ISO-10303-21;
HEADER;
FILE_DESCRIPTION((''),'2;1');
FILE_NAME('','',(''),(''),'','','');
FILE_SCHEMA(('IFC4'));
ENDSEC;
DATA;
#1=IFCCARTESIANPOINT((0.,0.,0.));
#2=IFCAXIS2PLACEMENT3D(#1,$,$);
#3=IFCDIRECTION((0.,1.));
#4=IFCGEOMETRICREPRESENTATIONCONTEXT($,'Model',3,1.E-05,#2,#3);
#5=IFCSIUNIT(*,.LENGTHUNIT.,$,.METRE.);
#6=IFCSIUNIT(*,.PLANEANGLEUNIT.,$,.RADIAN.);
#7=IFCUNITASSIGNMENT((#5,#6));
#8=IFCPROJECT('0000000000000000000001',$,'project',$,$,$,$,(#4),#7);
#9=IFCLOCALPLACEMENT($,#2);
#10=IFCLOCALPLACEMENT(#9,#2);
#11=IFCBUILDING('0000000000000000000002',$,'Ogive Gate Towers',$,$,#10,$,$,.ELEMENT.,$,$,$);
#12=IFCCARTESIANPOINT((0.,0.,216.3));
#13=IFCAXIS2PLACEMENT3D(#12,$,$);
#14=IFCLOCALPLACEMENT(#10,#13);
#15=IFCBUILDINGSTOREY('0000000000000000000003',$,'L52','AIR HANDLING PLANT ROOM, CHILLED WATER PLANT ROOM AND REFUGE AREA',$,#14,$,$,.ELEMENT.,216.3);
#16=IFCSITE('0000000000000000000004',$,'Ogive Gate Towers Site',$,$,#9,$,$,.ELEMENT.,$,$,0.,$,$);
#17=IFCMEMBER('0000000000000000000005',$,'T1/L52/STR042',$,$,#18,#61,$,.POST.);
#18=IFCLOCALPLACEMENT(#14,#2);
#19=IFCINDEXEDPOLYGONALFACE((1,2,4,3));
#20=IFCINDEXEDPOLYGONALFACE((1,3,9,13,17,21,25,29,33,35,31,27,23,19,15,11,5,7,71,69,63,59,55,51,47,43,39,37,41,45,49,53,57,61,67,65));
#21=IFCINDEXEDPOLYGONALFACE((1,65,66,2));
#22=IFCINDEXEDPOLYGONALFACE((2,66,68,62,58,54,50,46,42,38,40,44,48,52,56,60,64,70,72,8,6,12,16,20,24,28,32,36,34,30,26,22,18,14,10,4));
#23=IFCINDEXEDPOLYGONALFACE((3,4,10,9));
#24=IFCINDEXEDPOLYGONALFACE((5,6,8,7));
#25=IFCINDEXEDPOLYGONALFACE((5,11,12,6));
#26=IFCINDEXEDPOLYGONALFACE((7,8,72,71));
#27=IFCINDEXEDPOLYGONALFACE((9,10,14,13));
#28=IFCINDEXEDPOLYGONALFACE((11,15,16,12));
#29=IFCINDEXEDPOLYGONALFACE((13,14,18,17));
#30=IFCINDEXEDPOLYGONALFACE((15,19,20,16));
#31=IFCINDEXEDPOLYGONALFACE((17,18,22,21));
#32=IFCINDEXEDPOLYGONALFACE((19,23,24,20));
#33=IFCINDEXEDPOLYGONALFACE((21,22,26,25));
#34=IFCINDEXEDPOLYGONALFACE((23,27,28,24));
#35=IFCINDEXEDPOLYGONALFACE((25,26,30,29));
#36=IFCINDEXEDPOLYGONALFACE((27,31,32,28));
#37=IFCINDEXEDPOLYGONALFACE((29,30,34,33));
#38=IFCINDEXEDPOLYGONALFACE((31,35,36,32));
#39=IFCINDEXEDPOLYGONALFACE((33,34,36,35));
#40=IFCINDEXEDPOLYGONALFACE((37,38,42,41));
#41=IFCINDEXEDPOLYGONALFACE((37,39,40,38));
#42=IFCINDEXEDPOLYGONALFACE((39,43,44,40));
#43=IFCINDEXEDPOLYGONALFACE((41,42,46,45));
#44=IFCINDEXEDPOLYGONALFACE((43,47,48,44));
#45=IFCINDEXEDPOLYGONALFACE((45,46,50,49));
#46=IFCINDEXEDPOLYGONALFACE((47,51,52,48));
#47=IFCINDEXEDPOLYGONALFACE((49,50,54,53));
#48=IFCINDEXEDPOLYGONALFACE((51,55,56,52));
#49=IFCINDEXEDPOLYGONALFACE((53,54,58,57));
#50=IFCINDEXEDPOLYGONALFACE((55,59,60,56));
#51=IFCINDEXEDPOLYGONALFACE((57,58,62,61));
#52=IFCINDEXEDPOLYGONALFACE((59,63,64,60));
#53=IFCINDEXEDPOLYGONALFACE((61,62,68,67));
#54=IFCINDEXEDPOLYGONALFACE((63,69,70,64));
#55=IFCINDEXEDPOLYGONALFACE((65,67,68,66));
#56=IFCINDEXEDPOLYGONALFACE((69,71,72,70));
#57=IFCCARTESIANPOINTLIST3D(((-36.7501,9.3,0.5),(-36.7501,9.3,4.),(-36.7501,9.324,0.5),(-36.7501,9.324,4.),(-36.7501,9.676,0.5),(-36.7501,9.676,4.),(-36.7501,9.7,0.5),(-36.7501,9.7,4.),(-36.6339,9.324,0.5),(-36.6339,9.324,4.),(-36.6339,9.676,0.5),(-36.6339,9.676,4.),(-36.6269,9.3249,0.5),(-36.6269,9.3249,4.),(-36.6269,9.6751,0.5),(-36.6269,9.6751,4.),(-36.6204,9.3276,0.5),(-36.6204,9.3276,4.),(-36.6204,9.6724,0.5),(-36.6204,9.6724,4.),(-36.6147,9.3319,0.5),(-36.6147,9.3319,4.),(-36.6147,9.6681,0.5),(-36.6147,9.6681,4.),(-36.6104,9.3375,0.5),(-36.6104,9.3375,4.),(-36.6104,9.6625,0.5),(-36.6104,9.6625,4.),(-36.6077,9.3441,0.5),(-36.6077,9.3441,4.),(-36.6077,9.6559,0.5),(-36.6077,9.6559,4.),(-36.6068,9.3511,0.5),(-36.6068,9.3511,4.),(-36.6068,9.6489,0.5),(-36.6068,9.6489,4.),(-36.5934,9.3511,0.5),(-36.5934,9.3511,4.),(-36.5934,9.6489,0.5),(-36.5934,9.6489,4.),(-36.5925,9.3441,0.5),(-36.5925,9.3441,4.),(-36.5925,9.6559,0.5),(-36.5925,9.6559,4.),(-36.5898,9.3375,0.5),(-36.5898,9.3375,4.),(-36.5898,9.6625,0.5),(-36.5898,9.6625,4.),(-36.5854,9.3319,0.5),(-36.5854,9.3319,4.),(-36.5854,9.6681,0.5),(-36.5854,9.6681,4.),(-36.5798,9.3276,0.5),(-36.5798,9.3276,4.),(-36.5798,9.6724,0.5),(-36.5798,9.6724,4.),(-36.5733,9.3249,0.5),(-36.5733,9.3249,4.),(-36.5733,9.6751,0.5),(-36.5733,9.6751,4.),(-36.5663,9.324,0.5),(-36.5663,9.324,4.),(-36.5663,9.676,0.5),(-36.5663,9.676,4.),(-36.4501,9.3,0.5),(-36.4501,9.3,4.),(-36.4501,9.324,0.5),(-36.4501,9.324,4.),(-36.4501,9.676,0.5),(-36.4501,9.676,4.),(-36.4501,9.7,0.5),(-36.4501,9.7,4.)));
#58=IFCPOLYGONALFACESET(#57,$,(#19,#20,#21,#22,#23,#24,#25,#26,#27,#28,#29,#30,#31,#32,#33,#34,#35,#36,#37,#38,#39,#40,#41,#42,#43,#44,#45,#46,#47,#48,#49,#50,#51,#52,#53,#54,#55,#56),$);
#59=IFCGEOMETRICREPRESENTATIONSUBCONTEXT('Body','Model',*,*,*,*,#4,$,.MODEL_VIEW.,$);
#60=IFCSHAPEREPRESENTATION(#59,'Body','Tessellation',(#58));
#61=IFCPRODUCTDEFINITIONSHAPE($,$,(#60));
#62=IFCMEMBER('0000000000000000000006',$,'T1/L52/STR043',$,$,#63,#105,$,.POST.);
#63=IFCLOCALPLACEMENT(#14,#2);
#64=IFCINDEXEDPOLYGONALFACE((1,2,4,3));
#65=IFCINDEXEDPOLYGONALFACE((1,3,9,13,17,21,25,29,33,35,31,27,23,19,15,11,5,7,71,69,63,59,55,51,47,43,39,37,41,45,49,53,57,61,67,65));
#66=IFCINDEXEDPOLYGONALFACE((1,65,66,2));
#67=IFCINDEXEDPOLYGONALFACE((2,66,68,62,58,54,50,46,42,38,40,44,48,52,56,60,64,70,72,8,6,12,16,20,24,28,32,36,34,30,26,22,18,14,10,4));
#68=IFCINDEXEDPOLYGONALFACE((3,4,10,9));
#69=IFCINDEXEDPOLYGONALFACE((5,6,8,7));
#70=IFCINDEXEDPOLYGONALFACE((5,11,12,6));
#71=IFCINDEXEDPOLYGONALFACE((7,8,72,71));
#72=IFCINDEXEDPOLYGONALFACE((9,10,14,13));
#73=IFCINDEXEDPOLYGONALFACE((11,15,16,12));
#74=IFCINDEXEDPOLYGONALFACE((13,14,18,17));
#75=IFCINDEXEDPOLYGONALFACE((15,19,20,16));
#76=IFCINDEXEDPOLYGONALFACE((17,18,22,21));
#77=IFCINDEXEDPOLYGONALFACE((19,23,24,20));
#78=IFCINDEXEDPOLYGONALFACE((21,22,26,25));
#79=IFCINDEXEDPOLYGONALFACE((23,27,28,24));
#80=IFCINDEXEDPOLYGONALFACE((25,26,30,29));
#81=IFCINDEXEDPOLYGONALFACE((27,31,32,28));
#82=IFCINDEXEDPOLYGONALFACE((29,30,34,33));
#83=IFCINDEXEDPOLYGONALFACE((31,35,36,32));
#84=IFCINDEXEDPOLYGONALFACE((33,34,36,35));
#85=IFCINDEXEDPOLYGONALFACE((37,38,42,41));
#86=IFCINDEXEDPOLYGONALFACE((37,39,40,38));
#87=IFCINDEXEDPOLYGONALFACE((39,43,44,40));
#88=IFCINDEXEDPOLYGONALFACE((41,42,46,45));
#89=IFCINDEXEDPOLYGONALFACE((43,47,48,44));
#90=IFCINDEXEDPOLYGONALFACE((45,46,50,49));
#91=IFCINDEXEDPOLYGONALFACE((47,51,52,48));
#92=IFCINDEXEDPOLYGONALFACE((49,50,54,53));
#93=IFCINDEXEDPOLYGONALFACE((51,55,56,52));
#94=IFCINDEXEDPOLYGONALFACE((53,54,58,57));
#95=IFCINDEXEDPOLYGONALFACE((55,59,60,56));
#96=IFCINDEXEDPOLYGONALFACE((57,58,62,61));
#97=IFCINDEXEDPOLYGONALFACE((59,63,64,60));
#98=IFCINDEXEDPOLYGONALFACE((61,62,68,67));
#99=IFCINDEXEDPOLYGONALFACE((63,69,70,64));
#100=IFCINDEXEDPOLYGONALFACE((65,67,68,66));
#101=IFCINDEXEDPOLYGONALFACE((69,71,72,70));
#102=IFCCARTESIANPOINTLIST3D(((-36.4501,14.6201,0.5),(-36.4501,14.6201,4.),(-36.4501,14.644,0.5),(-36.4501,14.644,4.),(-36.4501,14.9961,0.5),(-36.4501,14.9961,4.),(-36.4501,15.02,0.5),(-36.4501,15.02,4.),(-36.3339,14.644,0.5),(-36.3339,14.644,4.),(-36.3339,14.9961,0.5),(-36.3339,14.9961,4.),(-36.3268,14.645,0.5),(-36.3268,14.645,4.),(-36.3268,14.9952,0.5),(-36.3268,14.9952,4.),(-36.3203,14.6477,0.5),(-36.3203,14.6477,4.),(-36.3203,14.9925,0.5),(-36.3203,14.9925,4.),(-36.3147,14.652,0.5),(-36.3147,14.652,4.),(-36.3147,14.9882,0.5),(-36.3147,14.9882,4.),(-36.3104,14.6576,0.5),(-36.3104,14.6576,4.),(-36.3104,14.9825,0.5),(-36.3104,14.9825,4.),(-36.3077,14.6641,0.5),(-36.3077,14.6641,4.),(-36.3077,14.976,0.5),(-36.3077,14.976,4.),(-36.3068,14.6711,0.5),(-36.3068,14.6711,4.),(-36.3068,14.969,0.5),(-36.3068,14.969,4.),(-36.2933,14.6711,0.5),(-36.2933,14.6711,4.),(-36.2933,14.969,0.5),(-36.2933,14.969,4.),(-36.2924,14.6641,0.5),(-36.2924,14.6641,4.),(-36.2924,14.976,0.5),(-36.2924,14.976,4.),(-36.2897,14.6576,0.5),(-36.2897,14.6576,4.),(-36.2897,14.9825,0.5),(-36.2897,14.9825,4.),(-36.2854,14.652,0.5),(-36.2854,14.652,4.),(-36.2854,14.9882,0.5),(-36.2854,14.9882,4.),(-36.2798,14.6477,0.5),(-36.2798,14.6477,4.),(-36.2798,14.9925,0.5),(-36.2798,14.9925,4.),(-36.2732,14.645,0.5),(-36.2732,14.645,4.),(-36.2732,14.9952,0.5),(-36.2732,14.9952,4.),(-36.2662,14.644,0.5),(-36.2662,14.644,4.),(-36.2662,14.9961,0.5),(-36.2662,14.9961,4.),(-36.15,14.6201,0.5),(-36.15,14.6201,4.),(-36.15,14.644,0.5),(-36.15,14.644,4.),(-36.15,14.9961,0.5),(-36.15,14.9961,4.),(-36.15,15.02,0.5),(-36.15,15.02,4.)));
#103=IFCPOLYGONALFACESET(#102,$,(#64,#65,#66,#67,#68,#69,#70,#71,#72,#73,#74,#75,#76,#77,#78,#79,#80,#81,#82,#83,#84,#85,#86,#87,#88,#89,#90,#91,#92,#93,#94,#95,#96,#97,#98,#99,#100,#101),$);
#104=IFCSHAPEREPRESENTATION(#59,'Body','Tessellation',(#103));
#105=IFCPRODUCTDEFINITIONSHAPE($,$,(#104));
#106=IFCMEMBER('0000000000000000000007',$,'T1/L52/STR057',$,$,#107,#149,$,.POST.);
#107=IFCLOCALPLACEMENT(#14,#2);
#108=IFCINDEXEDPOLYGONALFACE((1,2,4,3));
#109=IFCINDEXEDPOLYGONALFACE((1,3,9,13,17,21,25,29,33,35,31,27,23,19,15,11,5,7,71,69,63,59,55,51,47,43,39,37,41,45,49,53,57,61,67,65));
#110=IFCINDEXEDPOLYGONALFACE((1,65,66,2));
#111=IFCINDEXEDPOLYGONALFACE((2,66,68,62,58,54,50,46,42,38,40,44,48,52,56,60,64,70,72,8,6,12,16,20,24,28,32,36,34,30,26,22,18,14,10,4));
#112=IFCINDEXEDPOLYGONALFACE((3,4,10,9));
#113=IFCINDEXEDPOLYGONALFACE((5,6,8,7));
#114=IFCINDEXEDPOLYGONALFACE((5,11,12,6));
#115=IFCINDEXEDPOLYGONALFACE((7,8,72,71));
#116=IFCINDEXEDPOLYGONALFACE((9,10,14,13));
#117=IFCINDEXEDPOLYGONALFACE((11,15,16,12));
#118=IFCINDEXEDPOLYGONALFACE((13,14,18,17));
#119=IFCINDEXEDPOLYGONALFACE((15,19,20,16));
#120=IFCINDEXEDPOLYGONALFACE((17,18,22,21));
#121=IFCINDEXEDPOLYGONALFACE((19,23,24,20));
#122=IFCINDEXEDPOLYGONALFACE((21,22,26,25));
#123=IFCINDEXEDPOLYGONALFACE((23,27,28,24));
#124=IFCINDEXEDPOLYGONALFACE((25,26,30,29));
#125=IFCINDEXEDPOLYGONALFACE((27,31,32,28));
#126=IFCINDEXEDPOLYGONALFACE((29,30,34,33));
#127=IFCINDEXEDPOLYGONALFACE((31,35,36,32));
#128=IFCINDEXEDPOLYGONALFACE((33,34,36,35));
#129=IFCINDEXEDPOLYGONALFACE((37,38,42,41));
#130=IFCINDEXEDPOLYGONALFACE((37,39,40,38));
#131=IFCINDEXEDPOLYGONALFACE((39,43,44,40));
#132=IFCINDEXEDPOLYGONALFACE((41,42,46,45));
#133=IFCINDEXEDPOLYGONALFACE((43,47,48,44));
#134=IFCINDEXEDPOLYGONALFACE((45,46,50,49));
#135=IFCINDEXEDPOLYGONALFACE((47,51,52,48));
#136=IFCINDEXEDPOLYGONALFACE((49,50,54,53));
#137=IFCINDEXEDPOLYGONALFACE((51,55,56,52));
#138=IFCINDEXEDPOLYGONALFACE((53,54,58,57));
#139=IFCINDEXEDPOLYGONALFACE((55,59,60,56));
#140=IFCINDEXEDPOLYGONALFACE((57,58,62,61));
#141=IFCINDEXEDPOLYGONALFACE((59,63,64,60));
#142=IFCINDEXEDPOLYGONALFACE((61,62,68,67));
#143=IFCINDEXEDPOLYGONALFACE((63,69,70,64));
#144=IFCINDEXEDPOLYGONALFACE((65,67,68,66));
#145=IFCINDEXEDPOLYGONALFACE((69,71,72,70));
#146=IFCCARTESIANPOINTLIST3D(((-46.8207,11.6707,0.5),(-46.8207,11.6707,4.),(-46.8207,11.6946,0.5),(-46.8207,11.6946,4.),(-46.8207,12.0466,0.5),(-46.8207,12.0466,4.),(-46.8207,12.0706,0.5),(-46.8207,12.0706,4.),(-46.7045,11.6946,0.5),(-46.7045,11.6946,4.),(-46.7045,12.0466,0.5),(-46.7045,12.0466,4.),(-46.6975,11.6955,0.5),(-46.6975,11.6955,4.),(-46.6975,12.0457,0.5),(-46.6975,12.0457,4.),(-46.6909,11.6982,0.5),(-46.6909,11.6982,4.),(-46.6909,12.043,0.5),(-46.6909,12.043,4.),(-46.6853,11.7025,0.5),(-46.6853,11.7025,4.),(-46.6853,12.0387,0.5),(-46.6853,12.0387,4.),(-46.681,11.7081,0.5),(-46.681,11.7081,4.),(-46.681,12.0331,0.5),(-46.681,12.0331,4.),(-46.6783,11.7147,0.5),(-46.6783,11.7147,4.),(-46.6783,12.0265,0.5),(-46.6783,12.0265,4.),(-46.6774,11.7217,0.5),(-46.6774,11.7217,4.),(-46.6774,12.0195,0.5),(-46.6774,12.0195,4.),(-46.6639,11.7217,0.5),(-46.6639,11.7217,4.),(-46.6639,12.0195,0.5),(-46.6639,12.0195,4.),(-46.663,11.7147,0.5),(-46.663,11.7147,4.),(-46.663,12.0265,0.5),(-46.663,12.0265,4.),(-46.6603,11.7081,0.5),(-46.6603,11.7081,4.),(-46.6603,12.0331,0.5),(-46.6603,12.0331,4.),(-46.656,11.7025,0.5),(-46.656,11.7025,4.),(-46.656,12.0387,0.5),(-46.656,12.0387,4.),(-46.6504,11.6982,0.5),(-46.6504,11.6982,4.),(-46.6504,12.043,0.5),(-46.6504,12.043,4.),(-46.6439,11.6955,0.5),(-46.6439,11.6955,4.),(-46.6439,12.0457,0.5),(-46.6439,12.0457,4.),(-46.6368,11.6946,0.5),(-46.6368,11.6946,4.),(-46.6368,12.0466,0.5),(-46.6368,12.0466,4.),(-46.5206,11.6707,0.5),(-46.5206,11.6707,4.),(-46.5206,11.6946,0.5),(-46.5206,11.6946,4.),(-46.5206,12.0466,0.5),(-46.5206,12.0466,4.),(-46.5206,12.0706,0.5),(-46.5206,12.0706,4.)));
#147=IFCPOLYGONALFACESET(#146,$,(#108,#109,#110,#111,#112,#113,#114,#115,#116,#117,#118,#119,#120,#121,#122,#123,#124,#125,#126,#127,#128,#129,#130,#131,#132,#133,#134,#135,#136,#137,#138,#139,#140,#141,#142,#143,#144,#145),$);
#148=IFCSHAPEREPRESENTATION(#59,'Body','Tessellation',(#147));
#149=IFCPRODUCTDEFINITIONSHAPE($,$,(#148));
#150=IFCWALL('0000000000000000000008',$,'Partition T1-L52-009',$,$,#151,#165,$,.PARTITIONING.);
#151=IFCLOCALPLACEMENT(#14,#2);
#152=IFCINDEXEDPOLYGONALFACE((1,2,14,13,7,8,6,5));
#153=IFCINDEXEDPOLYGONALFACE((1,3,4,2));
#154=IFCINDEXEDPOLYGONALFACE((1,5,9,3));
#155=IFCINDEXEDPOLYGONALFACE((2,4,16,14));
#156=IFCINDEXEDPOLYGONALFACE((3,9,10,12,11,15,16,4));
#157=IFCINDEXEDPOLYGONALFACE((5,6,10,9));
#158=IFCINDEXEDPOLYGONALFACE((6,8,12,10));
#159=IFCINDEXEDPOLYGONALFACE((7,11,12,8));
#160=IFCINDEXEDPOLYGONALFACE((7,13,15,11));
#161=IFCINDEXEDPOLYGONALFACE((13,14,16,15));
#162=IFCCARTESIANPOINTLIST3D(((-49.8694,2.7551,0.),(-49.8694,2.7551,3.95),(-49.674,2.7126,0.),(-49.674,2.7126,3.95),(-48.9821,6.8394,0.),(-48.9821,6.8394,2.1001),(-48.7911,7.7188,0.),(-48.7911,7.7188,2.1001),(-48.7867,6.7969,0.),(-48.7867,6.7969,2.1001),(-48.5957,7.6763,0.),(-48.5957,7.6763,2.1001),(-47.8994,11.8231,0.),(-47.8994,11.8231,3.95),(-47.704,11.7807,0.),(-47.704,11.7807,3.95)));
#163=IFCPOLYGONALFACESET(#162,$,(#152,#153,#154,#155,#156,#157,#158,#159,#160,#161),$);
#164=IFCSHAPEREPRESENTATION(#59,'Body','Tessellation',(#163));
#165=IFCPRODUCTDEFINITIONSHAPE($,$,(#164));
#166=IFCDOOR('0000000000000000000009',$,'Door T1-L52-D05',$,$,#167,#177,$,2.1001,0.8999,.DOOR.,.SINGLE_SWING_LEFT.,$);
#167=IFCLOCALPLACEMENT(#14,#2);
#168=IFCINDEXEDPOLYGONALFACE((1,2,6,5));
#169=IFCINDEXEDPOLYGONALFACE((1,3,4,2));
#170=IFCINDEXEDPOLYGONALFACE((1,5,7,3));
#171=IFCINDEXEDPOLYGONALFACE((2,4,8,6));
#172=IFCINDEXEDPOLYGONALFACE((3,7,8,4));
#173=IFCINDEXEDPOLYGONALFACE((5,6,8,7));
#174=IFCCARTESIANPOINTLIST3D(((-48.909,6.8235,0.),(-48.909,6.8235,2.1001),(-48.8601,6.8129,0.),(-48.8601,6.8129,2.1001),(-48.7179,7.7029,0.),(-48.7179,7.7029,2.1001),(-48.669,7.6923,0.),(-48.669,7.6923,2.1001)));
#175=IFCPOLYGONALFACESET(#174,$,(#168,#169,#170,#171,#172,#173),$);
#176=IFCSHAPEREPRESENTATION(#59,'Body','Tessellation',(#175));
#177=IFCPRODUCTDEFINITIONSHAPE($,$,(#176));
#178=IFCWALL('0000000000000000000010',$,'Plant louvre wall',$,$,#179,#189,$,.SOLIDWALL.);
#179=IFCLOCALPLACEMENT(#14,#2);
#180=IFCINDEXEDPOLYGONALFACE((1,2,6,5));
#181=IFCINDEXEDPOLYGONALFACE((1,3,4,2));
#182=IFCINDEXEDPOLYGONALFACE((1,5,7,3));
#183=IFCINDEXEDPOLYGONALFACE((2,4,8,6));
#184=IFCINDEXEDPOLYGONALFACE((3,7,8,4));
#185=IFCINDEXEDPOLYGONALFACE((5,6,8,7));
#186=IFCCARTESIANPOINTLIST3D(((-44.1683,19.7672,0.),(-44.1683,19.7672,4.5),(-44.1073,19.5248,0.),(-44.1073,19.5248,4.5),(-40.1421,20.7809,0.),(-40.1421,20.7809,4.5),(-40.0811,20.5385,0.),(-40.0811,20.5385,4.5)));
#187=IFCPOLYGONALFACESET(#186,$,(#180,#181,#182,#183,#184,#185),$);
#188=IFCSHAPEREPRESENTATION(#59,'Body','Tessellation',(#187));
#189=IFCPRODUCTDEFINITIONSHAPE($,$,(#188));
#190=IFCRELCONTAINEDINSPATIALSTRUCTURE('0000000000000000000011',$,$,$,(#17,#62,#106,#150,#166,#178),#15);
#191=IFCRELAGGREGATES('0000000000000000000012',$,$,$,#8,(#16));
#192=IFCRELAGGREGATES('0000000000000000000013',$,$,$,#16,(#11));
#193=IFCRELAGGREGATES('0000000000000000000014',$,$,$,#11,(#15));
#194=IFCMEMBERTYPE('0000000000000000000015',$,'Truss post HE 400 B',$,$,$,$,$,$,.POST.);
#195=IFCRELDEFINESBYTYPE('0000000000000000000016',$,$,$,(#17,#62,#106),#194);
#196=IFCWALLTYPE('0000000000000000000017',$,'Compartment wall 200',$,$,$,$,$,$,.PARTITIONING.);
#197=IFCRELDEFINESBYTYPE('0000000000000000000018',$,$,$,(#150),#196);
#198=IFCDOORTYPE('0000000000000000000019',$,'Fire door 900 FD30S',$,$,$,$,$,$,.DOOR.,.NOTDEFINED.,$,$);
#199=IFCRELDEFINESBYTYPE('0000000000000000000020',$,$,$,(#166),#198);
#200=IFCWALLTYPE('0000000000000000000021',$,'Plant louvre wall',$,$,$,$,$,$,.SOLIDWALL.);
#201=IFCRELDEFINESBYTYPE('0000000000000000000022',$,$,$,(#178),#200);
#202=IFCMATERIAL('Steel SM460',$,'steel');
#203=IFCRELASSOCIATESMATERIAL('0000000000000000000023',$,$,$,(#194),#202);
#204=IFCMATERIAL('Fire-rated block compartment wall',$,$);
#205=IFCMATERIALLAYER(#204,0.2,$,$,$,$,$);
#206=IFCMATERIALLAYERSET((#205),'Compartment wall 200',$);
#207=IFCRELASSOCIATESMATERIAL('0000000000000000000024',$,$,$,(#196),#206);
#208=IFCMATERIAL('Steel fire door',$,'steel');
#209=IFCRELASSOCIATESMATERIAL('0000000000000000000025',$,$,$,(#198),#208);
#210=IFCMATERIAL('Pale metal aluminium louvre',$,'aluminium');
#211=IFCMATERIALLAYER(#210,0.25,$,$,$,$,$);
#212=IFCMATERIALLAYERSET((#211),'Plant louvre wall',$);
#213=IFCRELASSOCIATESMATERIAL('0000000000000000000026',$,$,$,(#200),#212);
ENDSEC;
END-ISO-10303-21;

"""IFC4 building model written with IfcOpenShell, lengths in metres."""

from ifc_helpers import new_model, si_unit, direction, frame, frame_2d, origin, origin_2d, place, context, subcontext, project, spatial, rectangle, i_section, extrude, material, layer, layer_set, material_profile, profile_set, type_object, element, fill, save


model = new_model("IFC4")

# Units and contexts
model_context = context("Model", 3, precision=1e-05, world=origin(), true_north=direction((0.0, 1.0)))
body_context = subcontext(model_context, "Body", "Model", "MODEL_VIEW")
ifc_project = project(units=[si_unit("LENGTHUNIT", "METRE"), si_unit("PLANEANGLEUNIT", "RADIAN")], contexts=[model_context])

# Site, building, storey
site_placement = place(None, origin())
site = spatial("IfcSite", under=ifc_project, at=site_placement, Name="Ogive Gate Towers Site", CompositionType="ELEMENT", RefElevation=0.0)
building_placement = place(site_placement, origin())
building = spatial("IfcBuilding", under=site, at=building_placement, Name="Ogive Gate Towers", CompositionType="ELEMENT")
storey_placement = place(building_placement, frame((0.0, 0.0, 216.3)))
storey = spatial("IfcBuildingStorey", under=building, at=storey_placement, Name="L52", Description="AIR HANDLING PLANT ROOM, CHILLED WATER PLANT ROOM AND REFUGE AREA", CompositionType="ELEMENT", Elevation=216.3)

# Shared definitions
ifc_material_1 = material(Name="Steel SM460", Category="steel")

# Members
ifc_material_profile_1 = material_profile(ifc_material_1, i_section(OverallWidth=0.3, OverallDepth=0.3999, WebThickness=0.0134, FlangeThickness=0.0239, FilletRadius=0.0271, at=origin_2d()), Name="HE 400 B")
ifc_profile_set_1 = profile_set([ifc_material_profile_1], Name="Steel SM460")
member_type_1 = type_object("IfcMemberType", Name="Truss post HE 400 B", PredefinedType="POST", material=ifc_profile_set_1)
for number, where, z_axis, x_axis, name in (
    (1, (-36.6001, 9.5, 0.5), (0.0, 0.0, 1.0), (1.0, 0.0, 0.0), "T1/L52/STR042"),
    (2, (-36.3, 14.8201, 0.5), (0.0, 0.0, 1.0), (1.0, 0.0, 0.0), "T1/L52/STR043"),
    (3, (-46.6707, 11.8706, 0.5), (0.0, 0.0, 1.0), (1.0, 0.0, 0.0), "T1/L52/STR057"),
):
    element("IfcMember", number, at=place(storey_placement, frame(where, z_axis=z_axis, x_axis=x_axis)), inside=storey, type_object=member_type_1, Name=name, PredefinedType="POST", context=body_context, shape_type="SweptSolid", body=[
        extrude(i_section(OverallWidth=0.3, OverallDepth=0.3999, WebThickness=0.0134, FlangeThickness=0.0239, FilletRadius=0.0271, at=origin_2d()), origin(), (0.0, 0.0, 1.0), 3.5),
    ])

# Wall, opening, door
ifc_material_2 = material(Name="Fire-rated block compartment wall")
ifc_layer_1 = layer(ifc_material_2, 0.2)
ifc_layer_set_1 = layer_set([ifc_layer_1], Name="Compartment wall 200")
wall_type_1 = type_object("IfcWallType", Name="Compartment wall 200", PredefinedType="PARTITIONING", material=ifc_layer_set_1)
wall_1_placement = place(storey_placement, frame((-47.8018, 11.8018, 0.0), z_axis=(0.0, 0.0, 1.0), x_axis=(-0.21229, -0.977207, 0.0)))
wall_1 = element("IfcWall", 4, at=wall_1_placement, inside=storey, type_object=wall_type_1, Name="Partition T1-L52-009", PredefinedType="PARTITIONING", context=body_context, shape_type="SweptSolid", body=[
    extrude(rectangle(XDim=9.2795, YDim=0.2, at=frame_2d((4.6396, 0.0))), origin(), (0.0, 0.0, 1.0), 3.95),
])
opening_placement = place(wall_1_placement, frame((4.2, 0.0, 0.0)))
opening = element("IfcOpeningElement", 5, at=opening_placement, cuts=wall_1, PredefinedType="OPENING", context=body_context, shape_type="SweptSolid", body=[
    extrude(rectangle(XDim=0.8999, YDim=2.1001, at=frame_2d((0.45, 1.05))), frame((0.0, 0.1099, 0.0), z_axis=(0.0, -1.0, 0.0), x_axis=(1.0, 0.0, 0.0)), (0.0, 0.0, 1.0), 0.22),
])
ifc_material_3 = material(Name="Steel fire door", Category="steel")
door_type = type_object("IfcDoorType", Name="Fire door 900 FD30S", OperationType="NOTDEFINED", PredefinedType="DOOR", material=ifc_material_3)
door_placement = place(opening_placement, origin())
door = element("IfcDoor", 6, at=door_placement, inside=storey, type_object=door_type, Name="Door T1-L52-D05", OperationType="SINGLE_SWING_LEFT", OverallHeight=2.1001, OverallWidth=0.8999, PredefinedType="DOOR", context=body_context, shape_type="SweptSolid", body=[
    extrude(rectangle(XDim=0.8999, YDim=2.1001, at=frame_2d((0.45, 1.05))), frame((0.0, 0.0249, 0.0), z_axis=(0.0, -1.0, 0.0), x_axis=(1.0, 0.0, 0.0)), (0.0, 0.0, 1.0), 0.05),
])
fill(opening, door)

# Wall
ifc_material_4 = material(Name="Pale metal aluminium louvre", Category="aluminium")
ifc_layer_2 = layer(ifc_material_4, 0.25)
ifc_layer_set_2 = layer_set([ifc_layer_2], Name="Plant louvre wall")
wall_type_2 = type_object("IfcWallType", Name="Plant louvre wall", PredefinedType="SOLIDWALL", material=ifc_layer_set_2)
wall_2_placement = place(storey_placement, frame((-40.1116, 20.6597, 0.0), z_axis=(0.0, 0.0, 1.0), x_axis=(-0.969736, -0.244154, 0.0)))
element("IfcWall", 7, at=wall_2_placement, inside=storey, type_object=wall_type_2, Name="Plant louvre wall", PredefinedType="SOLIDWALL", context=body_context, shape_type="SweptSolid", body=[
    extrude(rectangle(XDim=4.1519, YDim=0.25, at=frame_2d((2.0759, 0.0))), origin(), (0.0, 0.0, 1.0), 4.5),
])

save(model, "model.ifc")
